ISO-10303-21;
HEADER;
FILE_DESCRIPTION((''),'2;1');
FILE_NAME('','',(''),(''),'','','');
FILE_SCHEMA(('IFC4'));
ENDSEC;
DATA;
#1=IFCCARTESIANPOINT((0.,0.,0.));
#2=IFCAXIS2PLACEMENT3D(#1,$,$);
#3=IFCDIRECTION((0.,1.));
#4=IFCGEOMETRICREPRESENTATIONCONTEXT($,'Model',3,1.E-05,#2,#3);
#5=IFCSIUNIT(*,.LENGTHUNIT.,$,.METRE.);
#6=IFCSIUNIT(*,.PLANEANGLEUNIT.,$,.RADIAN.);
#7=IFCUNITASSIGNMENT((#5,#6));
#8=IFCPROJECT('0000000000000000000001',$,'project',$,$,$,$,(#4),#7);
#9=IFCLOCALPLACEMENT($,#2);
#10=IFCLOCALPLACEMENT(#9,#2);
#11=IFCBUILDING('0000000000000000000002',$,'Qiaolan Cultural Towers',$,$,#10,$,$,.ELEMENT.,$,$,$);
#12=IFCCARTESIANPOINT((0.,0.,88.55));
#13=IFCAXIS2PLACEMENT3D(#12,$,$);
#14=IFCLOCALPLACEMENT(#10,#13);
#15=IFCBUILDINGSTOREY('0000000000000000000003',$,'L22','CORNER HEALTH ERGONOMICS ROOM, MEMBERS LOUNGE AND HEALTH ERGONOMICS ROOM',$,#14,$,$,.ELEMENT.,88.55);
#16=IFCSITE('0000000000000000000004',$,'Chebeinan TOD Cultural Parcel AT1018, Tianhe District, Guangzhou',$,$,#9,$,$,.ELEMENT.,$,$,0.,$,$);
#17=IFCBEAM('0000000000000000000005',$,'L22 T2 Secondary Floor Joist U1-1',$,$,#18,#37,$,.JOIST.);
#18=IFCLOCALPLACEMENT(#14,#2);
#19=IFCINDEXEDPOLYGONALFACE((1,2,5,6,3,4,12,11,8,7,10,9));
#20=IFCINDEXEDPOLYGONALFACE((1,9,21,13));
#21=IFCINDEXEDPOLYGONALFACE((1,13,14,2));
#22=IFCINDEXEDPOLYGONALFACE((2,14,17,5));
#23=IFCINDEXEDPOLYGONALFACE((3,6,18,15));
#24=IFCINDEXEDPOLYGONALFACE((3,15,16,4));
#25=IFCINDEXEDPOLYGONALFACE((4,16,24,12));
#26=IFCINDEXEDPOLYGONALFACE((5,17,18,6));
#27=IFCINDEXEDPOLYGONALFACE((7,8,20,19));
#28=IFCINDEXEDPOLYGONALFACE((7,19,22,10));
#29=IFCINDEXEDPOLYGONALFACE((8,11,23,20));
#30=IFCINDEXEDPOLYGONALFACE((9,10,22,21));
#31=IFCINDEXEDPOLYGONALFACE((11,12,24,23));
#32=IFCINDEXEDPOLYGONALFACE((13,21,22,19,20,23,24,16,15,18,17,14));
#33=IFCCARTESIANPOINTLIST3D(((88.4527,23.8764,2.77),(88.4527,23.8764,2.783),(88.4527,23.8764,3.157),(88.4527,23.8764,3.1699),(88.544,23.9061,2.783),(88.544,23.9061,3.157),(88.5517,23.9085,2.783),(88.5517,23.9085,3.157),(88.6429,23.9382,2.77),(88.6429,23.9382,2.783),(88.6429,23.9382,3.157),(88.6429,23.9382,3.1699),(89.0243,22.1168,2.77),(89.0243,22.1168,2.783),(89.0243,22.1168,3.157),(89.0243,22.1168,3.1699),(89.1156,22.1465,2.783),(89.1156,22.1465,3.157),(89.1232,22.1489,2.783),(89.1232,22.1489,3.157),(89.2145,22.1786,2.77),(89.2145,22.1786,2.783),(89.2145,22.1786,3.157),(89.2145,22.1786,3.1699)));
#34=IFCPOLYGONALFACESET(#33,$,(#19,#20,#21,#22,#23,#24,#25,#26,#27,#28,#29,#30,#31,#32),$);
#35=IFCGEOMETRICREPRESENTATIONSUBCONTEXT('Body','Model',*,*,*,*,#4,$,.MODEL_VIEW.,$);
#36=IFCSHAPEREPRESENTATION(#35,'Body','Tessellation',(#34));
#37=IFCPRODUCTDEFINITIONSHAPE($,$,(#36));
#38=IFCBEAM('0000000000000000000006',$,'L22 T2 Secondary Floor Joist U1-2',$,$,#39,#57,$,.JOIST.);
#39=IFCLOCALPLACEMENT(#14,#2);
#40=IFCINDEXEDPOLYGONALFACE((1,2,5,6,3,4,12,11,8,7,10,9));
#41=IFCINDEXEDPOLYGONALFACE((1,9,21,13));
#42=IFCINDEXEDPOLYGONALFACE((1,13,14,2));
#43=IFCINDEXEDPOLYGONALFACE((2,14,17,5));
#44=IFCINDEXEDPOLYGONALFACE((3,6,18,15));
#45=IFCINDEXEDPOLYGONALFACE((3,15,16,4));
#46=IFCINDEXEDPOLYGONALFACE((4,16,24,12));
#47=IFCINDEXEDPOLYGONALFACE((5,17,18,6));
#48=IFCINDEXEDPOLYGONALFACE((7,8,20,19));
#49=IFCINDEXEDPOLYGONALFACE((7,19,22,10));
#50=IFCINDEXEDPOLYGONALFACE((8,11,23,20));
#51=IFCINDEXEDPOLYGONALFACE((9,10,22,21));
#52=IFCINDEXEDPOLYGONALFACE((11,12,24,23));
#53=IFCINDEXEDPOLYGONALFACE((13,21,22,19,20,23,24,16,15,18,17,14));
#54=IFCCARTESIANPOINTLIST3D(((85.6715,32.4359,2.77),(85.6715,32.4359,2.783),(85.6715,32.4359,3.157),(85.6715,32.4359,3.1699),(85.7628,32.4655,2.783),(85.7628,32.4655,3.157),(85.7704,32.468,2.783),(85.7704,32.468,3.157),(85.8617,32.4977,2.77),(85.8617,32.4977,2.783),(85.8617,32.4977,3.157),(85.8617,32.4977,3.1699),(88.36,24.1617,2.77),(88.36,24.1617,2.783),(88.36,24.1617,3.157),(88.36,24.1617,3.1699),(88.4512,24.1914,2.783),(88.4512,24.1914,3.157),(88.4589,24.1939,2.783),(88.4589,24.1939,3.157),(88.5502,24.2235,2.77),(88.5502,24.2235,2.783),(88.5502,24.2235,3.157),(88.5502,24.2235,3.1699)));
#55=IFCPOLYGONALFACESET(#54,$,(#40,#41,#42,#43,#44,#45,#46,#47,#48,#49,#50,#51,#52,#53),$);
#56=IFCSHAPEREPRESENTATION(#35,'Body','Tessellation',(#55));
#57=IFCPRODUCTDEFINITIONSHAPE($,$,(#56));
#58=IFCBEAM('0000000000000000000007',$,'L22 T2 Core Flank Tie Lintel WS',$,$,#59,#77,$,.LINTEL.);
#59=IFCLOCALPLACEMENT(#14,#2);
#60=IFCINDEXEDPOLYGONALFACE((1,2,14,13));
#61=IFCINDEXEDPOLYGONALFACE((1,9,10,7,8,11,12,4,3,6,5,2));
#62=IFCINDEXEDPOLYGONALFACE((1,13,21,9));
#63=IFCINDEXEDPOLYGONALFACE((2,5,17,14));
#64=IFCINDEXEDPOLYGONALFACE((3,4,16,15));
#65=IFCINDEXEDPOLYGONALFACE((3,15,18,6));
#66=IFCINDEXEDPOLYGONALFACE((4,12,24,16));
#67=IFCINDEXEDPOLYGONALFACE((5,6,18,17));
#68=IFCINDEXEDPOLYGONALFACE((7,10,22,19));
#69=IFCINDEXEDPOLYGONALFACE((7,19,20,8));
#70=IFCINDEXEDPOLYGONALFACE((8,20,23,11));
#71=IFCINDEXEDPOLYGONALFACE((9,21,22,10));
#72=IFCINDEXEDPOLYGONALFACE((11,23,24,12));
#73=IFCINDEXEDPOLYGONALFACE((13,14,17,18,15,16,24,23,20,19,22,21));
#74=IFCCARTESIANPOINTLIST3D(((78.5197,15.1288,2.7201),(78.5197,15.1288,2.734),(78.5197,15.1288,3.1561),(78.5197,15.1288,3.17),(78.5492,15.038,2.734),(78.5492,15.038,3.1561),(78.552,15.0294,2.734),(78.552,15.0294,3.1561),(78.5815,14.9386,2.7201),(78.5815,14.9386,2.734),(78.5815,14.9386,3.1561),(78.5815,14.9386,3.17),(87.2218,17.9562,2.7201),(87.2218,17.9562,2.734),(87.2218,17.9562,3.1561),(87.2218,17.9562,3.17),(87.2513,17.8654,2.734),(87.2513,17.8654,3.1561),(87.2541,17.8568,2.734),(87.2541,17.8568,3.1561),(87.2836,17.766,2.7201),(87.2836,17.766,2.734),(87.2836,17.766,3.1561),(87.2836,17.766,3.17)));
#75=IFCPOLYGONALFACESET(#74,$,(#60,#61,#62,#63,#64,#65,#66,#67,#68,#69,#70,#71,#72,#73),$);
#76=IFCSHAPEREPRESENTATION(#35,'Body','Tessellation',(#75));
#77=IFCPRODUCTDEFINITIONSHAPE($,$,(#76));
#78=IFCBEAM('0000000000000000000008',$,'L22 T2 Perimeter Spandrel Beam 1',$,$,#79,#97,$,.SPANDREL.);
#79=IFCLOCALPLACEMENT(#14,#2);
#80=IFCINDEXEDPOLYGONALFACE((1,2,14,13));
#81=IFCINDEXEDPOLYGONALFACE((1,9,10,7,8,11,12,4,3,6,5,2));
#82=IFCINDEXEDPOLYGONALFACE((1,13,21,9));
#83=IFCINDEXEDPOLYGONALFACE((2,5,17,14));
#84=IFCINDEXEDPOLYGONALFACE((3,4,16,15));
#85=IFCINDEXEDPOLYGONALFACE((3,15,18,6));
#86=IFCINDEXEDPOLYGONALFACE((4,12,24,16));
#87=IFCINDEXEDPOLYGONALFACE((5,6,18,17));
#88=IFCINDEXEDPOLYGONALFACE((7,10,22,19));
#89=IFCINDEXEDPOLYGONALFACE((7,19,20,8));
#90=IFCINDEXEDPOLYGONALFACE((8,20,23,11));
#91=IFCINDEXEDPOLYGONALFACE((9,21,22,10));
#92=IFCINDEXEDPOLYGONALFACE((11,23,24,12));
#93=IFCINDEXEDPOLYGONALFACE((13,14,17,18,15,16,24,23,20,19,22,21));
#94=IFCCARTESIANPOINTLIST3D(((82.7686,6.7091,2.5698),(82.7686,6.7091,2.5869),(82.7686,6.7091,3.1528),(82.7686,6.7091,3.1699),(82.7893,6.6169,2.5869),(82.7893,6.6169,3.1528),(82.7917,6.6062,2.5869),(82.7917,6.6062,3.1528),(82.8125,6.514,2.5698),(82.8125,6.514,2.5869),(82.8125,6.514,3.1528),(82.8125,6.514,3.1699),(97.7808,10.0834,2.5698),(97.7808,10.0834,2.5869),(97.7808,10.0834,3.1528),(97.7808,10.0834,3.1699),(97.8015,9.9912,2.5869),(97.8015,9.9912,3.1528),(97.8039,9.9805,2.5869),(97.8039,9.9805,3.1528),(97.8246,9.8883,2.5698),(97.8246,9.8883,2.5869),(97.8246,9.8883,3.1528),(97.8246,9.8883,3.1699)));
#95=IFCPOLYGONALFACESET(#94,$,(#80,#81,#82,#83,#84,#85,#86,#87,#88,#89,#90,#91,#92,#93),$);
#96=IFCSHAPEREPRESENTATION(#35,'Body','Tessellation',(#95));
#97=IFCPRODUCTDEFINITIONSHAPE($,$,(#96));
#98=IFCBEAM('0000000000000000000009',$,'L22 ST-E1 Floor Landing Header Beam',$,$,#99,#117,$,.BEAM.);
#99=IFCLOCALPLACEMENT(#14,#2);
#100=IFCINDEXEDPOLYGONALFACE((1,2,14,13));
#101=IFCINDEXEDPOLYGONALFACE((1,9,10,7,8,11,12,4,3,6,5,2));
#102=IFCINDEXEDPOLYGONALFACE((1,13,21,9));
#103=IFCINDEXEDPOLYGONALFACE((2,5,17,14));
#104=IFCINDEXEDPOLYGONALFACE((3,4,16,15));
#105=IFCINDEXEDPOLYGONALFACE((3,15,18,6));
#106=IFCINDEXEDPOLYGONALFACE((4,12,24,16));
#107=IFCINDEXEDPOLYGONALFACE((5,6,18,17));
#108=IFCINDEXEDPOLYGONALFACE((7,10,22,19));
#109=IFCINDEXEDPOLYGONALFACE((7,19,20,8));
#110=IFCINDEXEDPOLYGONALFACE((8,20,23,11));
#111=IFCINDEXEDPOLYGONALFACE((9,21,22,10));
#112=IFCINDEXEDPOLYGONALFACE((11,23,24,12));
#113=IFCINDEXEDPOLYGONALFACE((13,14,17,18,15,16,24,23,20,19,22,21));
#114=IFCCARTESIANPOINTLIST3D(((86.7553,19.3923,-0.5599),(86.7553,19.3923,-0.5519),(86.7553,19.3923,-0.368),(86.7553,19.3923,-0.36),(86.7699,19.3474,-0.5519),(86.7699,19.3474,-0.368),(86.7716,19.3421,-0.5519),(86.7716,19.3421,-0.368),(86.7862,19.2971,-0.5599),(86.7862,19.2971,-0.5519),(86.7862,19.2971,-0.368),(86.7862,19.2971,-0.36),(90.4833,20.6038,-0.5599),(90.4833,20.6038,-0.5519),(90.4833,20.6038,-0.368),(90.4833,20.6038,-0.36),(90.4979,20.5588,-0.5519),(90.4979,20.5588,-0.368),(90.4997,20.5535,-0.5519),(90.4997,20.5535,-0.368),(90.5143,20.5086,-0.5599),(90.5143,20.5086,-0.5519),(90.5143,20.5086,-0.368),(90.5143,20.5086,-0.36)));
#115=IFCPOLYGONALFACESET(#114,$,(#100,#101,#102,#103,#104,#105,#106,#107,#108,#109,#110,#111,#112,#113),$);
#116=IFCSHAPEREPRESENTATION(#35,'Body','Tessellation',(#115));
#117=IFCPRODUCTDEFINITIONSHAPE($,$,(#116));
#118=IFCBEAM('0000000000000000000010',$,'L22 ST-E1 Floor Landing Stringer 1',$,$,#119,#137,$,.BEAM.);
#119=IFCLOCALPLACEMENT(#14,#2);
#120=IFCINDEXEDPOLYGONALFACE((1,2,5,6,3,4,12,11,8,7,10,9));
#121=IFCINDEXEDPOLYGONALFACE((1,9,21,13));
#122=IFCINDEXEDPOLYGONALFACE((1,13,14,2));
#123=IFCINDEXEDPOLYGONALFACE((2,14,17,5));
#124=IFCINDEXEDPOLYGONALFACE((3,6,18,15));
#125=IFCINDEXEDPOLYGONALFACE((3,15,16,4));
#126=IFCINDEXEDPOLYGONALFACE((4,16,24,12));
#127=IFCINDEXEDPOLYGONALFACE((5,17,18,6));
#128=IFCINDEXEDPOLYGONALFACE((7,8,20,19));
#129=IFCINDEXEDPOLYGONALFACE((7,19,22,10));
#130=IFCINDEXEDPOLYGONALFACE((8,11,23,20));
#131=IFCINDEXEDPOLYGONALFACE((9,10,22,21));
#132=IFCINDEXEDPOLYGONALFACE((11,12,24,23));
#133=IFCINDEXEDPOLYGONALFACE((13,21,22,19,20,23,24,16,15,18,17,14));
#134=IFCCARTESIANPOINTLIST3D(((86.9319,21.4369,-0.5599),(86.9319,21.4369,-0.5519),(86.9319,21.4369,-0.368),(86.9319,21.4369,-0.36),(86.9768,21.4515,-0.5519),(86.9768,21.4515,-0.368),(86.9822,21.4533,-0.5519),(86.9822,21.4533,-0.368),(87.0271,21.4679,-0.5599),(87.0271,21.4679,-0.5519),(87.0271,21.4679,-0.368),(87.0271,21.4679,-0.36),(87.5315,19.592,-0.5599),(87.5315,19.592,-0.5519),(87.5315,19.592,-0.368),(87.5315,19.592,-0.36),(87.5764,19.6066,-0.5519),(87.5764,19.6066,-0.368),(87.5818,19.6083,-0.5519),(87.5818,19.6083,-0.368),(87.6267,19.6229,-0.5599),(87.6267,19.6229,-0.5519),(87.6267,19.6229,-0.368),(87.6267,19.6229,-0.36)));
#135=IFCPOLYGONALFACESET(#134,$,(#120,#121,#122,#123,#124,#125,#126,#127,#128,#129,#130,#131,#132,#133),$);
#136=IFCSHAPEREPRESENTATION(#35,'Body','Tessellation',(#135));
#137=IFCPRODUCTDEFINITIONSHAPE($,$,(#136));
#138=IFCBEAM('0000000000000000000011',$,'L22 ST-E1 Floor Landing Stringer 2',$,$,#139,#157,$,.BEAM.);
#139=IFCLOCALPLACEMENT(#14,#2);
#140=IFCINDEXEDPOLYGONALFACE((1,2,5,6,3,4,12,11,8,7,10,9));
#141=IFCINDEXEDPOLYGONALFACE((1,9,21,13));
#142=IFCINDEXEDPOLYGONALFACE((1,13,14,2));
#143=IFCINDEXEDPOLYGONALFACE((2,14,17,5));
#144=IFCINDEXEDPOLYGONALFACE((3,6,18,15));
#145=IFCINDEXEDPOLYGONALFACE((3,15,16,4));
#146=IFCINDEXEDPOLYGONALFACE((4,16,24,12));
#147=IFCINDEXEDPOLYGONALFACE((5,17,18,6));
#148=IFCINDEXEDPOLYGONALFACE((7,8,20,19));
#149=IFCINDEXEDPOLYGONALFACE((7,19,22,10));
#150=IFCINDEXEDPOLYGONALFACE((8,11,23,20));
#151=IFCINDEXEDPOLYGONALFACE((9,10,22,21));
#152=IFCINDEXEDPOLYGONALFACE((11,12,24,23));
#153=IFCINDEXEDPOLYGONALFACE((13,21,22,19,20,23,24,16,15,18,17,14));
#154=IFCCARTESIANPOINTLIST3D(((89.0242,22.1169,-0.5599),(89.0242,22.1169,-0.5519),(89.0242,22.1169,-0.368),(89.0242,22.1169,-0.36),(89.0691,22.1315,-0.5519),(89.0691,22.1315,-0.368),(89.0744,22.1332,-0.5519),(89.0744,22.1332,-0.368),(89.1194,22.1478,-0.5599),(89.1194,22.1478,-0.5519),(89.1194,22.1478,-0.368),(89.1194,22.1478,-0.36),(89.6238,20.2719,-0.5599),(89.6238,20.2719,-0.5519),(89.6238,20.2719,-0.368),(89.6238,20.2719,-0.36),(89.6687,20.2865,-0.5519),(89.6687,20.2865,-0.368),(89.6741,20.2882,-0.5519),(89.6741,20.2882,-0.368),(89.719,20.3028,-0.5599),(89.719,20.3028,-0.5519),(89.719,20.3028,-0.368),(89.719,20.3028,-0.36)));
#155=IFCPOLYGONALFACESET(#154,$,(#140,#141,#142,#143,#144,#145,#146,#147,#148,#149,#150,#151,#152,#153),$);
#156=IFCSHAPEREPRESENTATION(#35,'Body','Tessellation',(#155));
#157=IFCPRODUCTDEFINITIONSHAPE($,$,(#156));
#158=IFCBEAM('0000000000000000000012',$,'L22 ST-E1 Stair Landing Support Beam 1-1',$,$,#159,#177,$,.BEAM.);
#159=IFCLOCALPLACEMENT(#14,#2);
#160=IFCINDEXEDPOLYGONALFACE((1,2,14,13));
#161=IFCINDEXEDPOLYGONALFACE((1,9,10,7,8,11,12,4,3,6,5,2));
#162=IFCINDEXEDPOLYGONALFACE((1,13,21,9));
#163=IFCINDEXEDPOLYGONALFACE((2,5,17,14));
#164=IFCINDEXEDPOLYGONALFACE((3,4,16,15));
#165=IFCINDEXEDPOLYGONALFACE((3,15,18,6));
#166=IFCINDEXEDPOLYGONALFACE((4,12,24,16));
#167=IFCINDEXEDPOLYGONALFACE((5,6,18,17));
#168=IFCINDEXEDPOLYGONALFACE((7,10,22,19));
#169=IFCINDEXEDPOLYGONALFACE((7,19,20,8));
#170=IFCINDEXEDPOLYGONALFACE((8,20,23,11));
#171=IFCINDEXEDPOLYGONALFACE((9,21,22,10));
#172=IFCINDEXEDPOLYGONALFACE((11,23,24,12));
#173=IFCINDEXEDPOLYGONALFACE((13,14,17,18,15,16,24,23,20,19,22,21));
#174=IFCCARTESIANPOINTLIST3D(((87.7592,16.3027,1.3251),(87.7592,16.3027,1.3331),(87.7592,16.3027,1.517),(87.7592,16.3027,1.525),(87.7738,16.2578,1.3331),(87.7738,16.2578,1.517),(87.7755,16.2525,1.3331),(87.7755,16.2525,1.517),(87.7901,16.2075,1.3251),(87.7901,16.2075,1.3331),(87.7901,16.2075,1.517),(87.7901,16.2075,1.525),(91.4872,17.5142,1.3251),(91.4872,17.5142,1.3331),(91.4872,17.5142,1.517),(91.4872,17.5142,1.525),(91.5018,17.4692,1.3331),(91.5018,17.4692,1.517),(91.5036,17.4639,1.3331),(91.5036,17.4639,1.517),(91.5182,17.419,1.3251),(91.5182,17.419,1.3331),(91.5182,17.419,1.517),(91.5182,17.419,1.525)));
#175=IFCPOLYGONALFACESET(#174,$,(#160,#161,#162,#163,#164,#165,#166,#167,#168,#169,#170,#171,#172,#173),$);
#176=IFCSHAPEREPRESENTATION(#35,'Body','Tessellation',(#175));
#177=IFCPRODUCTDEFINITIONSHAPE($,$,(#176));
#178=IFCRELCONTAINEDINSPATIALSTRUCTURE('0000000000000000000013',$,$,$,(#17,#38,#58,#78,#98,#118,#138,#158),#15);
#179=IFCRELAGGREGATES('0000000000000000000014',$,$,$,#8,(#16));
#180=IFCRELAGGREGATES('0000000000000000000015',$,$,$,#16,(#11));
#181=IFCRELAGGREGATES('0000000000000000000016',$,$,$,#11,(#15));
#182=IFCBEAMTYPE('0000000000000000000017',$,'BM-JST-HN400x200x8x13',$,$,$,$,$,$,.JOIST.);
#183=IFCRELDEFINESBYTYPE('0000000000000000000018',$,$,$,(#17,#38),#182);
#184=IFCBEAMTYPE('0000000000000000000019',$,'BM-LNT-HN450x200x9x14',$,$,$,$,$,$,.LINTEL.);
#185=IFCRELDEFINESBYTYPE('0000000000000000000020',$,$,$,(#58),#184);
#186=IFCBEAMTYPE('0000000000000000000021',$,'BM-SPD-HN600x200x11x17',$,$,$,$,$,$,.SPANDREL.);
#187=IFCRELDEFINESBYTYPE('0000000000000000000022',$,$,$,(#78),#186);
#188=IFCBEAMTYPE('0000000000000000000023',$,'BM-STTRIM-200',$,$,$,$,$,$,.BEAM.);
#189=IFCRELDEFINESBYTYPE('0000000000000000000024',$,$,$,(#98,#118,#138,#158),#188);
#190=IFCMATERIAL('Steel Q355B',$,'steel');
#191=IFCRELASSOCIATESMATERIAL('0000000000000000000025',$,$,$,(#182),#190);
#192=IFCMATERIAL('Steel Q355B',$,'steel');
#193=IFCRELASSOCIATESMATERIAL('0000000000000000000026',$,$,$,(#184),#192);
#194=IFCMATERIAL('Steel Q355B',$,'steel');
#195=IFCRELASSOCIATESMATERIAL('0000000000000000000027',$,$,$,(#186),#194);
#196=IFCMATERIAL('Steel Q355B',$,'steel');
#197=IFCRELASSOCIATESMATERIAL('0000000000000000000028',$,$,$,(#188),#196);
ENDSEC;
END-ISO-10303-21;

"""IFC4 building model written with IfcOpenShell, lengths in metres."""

from ifc_helpers import new_model, si_unit, direction, frame, origin, origin_2d, place, context, subcontext, project, spatial, i_section, extrude, material, material_profile, profile_set, type_object, element, save


model = new_model("IFC4")

# Units and contexts
model_context = context("Model", 3, precision=1e-05, world=origin(), true_north=direction((0.0, 1.0)))
body_context = subcontext(model_context, "Body", "Model", "MODEL_VIEW")
ifc_project = project(units=[si_unit("LENGTHUNIT", "METRE"), si_unit("PLANEANGLEUNIT", "RADIAN")], contexts=[model_context])

# Site, building, storey
site_placement = place(None, origin())
site = spatial("IfcSite", under=ifc_project, at=site_placement, Name="Chebeinan TOD Cultural Parcel AT1018, Tianhe District, Guangzhou", CompositionType="ELEMENT", RefElevation=0.0)
building_placement = place(site_placement, origin())
building = spatial("IfcBuilding", under=site, at=building_placement, Name="Qiaolan Cultural Towers", CompositionType="ELEMENT")
storey_placement = place(building_placement, frame((0.0, 0.0, 88.55)))
storey = spatial("IfcBuildingStorey", under=building, at=storey_placement, Name="L22", Description="CORNER HEALTH ERGONOMICS ROOM, MEMBERS LOUNGE AND HEALTH ERGONOMICS ROOM", CompositionType="ELEMENT", Elevation=88.55)

# Beams
ifc_material_1 = material(Name="Steel Q355B", Category="steel")
ifc_material_profile_1 = material_profile(ifc_material_1, i_section(OverallWidth=0.2, OverallDepth=0.3999, WebThickness=0.0081, FlangeThickness=0.0129, at=origin_2d()), Name="HN400x200x8x13")
ifc_profile_set_1 = profile_set([ifc_material_profile_1], Name="Steel Q355B")
beam_type_1 = type_object("IfcBeamType", Name="BM-JST-HN400x200x8x13", PredefinedType="JOIST", material=ifc_profile_set_1)
beam_1_placement = place(storey_placement, frame((89.1194, 22.1477, 2.97), z_axis=(-0.308934, 0.951084, 0.0), x_axis=(-0.951084, -0.308934, 0.0)))
element("IfcBeam", 1, at=beam_1_placement, inside=storey, type_object=beam_type_1, Name="L22 T2 Secondary Floor Joist U1-1", PredefinedType="JOIST", context=body_context, shape_type="SweptSolid", body=[
    extrude(i_section(OverallWidth=0.2, OverallDepth=0.3999, WebThickness=0.0081, FlangeThickness=0.0129, at=origin_2d()), origin(), (0.0, 0.0, 1.0), 1.8501),
])
beam_2_placement = place(storey_placement, frame((88.4551, 24.1926, 2.97), z_axis=(-0.309021, 0.951055, 0.0), x_axis=(-0.951055, -0.309021, 0.0)))
element("IfcBeam", 2, at=beam_2_placement, inside=storey, type_object=beam_type_1, Name="L22 T2 Secondary Floor Joist U1-2", PredefinedType="JOIST", context=body_context, shape_type="SweptSolid", body=[
    extrude(i_section(OverallWidth=0.2, OverallDepth=0.3999, WebThickness=0.0081, FlangeThickness=0.0129, at=origin_2d()), origin(), (0.0, 0.0, 1.0), 8.7),
])
ifc_material_2 = material(Name="Steel Q355B", Category="steel")
ifc_material_profile_2 = material_profile(ifc_material_2, i_section(OverallWidth=0.2, OverallDepth=0.45, WebThickness=0.009, FlangeThickness=0.0139, at=origin_2d()), Name="HN450x200x9x14")
ifc_profile_set_2 = profile_set([ifc_material_profile_2], Name="Steel Q355B")
beam_type_2 = type_object("IfcBeamType", Name="BM-LNT-HN450x200x9x14", PredefinedType="LINTEL", material=ifc_profile_set_2)
beam_3_placement = place(storey_placement, frame((87.2527, 17.8611, 2.9451), z_axis=(-0.95106, -0.309006, 0.0), x_axis=(0.309006, -0.95106, 0.0)))
element("IfcBeam", 3, at=beam_3_placement, inside=storey, type_object=beam_type_2, Name="L22 T2 Core Flank Tie Lintel WS", PredefinedType="LINTEL", context=body_context, shape_type="SweptSolid", body=[
    extrude(i_section(OverallWidth=0.2, OverallDepth=0.45, WebThickness=0.009, FlangeThickness=0.0139, at=origin_2d()), origin(), (0.0, 0.0, 1.0), 9.1499),
])
ifc_material_3 = material(Name="Steel Q355B", Category="steel")
ifc_material_profile_3 = material_profile(ifc_material_3, i_section(OverallWidth=0.2, OverallDepth=0.6001, WebThickness=0.011, FlangeThickness=0.0171, at=origin_2d()), Name="HN600x200x11x17")
ifc_profile_set_3 = profile_set([ifc_material_profile_3], Name="Steel Q355B")
beam_type_3 = type_object("IfcBeamType", Name="BM-SPD-HN600x200x11x17", PredefinedType="SPANDREL", material=ifc_profile_set_3)
beam_4_placement = place(storey_placement, frame((82.7905, 6.6116, 2.8699), z_axis=(0.975658, 0.219297, 0.0), x_axis=(-0.219297, 0.975658, 0.0)))
element("IfcBeam", 4, at=beam_4_placement, inside=storey, type_object=beam_type_3, Name="L22 T2 Perimeter Spandrel Beam 1", PredefinedType="SPANDREL", context=body_context, shape_type="SweptSolid", body=[
    extrude(i_section(OverallWidth=0.2, OverallDepth=0.6001, WebThickness=0.011, FlangeThickness=0.0171, at=origin_2d()), origin(), (0.0, 0.0, 1.0), 15.3867),
])
ifc_material_4 = material(Name="Steel Q355B", Category="steel")
ifc_material_profile_4 = material_profile(ifc_material_4, i_section(OverallWidth=0.1001, OverallDepth=0.2, WebThickness=0.0056, FlangeThickness=0.0081, at=origin_2d()), Name="HN200x100x5.5x8")
ifc_profile_set_4 = profile_set([ifc_material_profile_4], Name="Steel Q355B")
beam_type_4 = type_object("IfcBeamType", Name="BM-STTRIM-200", PredefinedType="BEAM", material=ifc_profile_set_4)
beam_5_placement = place(storey_placement, frame((86.7708, 19.3447, -0.46), z_axis=(0.951048, 0.309044, 0.0), x_axis=(-0.309044, 0.951048, 0.0)))
element("IfcBeam", 5, at=beam_5_placement, inside=storey, type_object=beam_type_4, Name="L22 ST-E1 Floor Landing Header Beam", PredefinedType="BEAM", context=body_context, shape_type="SweptSolid", body=[
    extrude(i_section(OverallWidth=0.1001, OverallDepth=0.2, WebThickness=0.0056, FlangeThickness=0.0081, at=origin_2d()), origin(), (0.0, 0.0, 1.0), 3.9199),
])
for number, where, z_axis, x_axis, name in (
    (6, (86.9795, 21.4524, -0.46), (0.309083, -0.951035, 0.0), (0.951035, 0.309083, 0.0), "L22 ST-E1 Floor Landing Stringer 1"),
    (7, (89.0718, 22.1323, -0.46), (0.309083, -0.951035, 0.0), (0.951035, 0.309083, 0.0), "L22 ST-E1 Floor Landing Stringer 2"),
):
    element("IfcBeam", number, at=place(storey_placement, frame(where, z_axis=z_axis, x_axis=x_axis)), inside=storey, type_object=beam_type_4, Name=name, PredefinedType="BEAM", context=body_context, shape_type="SweptSolid", body=[
        extrude(i_section(OverallWidth=0.1001, OverallDepth=0.2, WebThickness=0.0056, FlangeThickness=0.0081, at=origin_2d()), origin(), (0.0, 0.0, 1.0), 1.9399),
    ])
for number, where, z_axis, x_axis, name in (
    (8, (87.7747, 16.2551, 1.425), (0.951048, 0.309044, 0.0), (-0.309044, 0.951048, 0.0), "L22 ST-E1 Stair Landing Support Beam 1-1"),
):
    element("IfcBeam", number, at=place(storey_placement, frame(where, z_axis=z_axis, x_axis=x_axis)), inside=storey, type_object=beam_type_4, Name=name, PredefinedType="BEAM", context=body_context, shape_type="SweptSolid", body=[
        extrude(i_section(OverallWidth=0.1001, OverallDepth=0.2, WebThickness=0.0056, FlangeThickness=0.0081, at=origin_2d()), origin(), (0.0, 0.0, 1.0), 3.9199),
    ])

save(model, "model.ifc")
